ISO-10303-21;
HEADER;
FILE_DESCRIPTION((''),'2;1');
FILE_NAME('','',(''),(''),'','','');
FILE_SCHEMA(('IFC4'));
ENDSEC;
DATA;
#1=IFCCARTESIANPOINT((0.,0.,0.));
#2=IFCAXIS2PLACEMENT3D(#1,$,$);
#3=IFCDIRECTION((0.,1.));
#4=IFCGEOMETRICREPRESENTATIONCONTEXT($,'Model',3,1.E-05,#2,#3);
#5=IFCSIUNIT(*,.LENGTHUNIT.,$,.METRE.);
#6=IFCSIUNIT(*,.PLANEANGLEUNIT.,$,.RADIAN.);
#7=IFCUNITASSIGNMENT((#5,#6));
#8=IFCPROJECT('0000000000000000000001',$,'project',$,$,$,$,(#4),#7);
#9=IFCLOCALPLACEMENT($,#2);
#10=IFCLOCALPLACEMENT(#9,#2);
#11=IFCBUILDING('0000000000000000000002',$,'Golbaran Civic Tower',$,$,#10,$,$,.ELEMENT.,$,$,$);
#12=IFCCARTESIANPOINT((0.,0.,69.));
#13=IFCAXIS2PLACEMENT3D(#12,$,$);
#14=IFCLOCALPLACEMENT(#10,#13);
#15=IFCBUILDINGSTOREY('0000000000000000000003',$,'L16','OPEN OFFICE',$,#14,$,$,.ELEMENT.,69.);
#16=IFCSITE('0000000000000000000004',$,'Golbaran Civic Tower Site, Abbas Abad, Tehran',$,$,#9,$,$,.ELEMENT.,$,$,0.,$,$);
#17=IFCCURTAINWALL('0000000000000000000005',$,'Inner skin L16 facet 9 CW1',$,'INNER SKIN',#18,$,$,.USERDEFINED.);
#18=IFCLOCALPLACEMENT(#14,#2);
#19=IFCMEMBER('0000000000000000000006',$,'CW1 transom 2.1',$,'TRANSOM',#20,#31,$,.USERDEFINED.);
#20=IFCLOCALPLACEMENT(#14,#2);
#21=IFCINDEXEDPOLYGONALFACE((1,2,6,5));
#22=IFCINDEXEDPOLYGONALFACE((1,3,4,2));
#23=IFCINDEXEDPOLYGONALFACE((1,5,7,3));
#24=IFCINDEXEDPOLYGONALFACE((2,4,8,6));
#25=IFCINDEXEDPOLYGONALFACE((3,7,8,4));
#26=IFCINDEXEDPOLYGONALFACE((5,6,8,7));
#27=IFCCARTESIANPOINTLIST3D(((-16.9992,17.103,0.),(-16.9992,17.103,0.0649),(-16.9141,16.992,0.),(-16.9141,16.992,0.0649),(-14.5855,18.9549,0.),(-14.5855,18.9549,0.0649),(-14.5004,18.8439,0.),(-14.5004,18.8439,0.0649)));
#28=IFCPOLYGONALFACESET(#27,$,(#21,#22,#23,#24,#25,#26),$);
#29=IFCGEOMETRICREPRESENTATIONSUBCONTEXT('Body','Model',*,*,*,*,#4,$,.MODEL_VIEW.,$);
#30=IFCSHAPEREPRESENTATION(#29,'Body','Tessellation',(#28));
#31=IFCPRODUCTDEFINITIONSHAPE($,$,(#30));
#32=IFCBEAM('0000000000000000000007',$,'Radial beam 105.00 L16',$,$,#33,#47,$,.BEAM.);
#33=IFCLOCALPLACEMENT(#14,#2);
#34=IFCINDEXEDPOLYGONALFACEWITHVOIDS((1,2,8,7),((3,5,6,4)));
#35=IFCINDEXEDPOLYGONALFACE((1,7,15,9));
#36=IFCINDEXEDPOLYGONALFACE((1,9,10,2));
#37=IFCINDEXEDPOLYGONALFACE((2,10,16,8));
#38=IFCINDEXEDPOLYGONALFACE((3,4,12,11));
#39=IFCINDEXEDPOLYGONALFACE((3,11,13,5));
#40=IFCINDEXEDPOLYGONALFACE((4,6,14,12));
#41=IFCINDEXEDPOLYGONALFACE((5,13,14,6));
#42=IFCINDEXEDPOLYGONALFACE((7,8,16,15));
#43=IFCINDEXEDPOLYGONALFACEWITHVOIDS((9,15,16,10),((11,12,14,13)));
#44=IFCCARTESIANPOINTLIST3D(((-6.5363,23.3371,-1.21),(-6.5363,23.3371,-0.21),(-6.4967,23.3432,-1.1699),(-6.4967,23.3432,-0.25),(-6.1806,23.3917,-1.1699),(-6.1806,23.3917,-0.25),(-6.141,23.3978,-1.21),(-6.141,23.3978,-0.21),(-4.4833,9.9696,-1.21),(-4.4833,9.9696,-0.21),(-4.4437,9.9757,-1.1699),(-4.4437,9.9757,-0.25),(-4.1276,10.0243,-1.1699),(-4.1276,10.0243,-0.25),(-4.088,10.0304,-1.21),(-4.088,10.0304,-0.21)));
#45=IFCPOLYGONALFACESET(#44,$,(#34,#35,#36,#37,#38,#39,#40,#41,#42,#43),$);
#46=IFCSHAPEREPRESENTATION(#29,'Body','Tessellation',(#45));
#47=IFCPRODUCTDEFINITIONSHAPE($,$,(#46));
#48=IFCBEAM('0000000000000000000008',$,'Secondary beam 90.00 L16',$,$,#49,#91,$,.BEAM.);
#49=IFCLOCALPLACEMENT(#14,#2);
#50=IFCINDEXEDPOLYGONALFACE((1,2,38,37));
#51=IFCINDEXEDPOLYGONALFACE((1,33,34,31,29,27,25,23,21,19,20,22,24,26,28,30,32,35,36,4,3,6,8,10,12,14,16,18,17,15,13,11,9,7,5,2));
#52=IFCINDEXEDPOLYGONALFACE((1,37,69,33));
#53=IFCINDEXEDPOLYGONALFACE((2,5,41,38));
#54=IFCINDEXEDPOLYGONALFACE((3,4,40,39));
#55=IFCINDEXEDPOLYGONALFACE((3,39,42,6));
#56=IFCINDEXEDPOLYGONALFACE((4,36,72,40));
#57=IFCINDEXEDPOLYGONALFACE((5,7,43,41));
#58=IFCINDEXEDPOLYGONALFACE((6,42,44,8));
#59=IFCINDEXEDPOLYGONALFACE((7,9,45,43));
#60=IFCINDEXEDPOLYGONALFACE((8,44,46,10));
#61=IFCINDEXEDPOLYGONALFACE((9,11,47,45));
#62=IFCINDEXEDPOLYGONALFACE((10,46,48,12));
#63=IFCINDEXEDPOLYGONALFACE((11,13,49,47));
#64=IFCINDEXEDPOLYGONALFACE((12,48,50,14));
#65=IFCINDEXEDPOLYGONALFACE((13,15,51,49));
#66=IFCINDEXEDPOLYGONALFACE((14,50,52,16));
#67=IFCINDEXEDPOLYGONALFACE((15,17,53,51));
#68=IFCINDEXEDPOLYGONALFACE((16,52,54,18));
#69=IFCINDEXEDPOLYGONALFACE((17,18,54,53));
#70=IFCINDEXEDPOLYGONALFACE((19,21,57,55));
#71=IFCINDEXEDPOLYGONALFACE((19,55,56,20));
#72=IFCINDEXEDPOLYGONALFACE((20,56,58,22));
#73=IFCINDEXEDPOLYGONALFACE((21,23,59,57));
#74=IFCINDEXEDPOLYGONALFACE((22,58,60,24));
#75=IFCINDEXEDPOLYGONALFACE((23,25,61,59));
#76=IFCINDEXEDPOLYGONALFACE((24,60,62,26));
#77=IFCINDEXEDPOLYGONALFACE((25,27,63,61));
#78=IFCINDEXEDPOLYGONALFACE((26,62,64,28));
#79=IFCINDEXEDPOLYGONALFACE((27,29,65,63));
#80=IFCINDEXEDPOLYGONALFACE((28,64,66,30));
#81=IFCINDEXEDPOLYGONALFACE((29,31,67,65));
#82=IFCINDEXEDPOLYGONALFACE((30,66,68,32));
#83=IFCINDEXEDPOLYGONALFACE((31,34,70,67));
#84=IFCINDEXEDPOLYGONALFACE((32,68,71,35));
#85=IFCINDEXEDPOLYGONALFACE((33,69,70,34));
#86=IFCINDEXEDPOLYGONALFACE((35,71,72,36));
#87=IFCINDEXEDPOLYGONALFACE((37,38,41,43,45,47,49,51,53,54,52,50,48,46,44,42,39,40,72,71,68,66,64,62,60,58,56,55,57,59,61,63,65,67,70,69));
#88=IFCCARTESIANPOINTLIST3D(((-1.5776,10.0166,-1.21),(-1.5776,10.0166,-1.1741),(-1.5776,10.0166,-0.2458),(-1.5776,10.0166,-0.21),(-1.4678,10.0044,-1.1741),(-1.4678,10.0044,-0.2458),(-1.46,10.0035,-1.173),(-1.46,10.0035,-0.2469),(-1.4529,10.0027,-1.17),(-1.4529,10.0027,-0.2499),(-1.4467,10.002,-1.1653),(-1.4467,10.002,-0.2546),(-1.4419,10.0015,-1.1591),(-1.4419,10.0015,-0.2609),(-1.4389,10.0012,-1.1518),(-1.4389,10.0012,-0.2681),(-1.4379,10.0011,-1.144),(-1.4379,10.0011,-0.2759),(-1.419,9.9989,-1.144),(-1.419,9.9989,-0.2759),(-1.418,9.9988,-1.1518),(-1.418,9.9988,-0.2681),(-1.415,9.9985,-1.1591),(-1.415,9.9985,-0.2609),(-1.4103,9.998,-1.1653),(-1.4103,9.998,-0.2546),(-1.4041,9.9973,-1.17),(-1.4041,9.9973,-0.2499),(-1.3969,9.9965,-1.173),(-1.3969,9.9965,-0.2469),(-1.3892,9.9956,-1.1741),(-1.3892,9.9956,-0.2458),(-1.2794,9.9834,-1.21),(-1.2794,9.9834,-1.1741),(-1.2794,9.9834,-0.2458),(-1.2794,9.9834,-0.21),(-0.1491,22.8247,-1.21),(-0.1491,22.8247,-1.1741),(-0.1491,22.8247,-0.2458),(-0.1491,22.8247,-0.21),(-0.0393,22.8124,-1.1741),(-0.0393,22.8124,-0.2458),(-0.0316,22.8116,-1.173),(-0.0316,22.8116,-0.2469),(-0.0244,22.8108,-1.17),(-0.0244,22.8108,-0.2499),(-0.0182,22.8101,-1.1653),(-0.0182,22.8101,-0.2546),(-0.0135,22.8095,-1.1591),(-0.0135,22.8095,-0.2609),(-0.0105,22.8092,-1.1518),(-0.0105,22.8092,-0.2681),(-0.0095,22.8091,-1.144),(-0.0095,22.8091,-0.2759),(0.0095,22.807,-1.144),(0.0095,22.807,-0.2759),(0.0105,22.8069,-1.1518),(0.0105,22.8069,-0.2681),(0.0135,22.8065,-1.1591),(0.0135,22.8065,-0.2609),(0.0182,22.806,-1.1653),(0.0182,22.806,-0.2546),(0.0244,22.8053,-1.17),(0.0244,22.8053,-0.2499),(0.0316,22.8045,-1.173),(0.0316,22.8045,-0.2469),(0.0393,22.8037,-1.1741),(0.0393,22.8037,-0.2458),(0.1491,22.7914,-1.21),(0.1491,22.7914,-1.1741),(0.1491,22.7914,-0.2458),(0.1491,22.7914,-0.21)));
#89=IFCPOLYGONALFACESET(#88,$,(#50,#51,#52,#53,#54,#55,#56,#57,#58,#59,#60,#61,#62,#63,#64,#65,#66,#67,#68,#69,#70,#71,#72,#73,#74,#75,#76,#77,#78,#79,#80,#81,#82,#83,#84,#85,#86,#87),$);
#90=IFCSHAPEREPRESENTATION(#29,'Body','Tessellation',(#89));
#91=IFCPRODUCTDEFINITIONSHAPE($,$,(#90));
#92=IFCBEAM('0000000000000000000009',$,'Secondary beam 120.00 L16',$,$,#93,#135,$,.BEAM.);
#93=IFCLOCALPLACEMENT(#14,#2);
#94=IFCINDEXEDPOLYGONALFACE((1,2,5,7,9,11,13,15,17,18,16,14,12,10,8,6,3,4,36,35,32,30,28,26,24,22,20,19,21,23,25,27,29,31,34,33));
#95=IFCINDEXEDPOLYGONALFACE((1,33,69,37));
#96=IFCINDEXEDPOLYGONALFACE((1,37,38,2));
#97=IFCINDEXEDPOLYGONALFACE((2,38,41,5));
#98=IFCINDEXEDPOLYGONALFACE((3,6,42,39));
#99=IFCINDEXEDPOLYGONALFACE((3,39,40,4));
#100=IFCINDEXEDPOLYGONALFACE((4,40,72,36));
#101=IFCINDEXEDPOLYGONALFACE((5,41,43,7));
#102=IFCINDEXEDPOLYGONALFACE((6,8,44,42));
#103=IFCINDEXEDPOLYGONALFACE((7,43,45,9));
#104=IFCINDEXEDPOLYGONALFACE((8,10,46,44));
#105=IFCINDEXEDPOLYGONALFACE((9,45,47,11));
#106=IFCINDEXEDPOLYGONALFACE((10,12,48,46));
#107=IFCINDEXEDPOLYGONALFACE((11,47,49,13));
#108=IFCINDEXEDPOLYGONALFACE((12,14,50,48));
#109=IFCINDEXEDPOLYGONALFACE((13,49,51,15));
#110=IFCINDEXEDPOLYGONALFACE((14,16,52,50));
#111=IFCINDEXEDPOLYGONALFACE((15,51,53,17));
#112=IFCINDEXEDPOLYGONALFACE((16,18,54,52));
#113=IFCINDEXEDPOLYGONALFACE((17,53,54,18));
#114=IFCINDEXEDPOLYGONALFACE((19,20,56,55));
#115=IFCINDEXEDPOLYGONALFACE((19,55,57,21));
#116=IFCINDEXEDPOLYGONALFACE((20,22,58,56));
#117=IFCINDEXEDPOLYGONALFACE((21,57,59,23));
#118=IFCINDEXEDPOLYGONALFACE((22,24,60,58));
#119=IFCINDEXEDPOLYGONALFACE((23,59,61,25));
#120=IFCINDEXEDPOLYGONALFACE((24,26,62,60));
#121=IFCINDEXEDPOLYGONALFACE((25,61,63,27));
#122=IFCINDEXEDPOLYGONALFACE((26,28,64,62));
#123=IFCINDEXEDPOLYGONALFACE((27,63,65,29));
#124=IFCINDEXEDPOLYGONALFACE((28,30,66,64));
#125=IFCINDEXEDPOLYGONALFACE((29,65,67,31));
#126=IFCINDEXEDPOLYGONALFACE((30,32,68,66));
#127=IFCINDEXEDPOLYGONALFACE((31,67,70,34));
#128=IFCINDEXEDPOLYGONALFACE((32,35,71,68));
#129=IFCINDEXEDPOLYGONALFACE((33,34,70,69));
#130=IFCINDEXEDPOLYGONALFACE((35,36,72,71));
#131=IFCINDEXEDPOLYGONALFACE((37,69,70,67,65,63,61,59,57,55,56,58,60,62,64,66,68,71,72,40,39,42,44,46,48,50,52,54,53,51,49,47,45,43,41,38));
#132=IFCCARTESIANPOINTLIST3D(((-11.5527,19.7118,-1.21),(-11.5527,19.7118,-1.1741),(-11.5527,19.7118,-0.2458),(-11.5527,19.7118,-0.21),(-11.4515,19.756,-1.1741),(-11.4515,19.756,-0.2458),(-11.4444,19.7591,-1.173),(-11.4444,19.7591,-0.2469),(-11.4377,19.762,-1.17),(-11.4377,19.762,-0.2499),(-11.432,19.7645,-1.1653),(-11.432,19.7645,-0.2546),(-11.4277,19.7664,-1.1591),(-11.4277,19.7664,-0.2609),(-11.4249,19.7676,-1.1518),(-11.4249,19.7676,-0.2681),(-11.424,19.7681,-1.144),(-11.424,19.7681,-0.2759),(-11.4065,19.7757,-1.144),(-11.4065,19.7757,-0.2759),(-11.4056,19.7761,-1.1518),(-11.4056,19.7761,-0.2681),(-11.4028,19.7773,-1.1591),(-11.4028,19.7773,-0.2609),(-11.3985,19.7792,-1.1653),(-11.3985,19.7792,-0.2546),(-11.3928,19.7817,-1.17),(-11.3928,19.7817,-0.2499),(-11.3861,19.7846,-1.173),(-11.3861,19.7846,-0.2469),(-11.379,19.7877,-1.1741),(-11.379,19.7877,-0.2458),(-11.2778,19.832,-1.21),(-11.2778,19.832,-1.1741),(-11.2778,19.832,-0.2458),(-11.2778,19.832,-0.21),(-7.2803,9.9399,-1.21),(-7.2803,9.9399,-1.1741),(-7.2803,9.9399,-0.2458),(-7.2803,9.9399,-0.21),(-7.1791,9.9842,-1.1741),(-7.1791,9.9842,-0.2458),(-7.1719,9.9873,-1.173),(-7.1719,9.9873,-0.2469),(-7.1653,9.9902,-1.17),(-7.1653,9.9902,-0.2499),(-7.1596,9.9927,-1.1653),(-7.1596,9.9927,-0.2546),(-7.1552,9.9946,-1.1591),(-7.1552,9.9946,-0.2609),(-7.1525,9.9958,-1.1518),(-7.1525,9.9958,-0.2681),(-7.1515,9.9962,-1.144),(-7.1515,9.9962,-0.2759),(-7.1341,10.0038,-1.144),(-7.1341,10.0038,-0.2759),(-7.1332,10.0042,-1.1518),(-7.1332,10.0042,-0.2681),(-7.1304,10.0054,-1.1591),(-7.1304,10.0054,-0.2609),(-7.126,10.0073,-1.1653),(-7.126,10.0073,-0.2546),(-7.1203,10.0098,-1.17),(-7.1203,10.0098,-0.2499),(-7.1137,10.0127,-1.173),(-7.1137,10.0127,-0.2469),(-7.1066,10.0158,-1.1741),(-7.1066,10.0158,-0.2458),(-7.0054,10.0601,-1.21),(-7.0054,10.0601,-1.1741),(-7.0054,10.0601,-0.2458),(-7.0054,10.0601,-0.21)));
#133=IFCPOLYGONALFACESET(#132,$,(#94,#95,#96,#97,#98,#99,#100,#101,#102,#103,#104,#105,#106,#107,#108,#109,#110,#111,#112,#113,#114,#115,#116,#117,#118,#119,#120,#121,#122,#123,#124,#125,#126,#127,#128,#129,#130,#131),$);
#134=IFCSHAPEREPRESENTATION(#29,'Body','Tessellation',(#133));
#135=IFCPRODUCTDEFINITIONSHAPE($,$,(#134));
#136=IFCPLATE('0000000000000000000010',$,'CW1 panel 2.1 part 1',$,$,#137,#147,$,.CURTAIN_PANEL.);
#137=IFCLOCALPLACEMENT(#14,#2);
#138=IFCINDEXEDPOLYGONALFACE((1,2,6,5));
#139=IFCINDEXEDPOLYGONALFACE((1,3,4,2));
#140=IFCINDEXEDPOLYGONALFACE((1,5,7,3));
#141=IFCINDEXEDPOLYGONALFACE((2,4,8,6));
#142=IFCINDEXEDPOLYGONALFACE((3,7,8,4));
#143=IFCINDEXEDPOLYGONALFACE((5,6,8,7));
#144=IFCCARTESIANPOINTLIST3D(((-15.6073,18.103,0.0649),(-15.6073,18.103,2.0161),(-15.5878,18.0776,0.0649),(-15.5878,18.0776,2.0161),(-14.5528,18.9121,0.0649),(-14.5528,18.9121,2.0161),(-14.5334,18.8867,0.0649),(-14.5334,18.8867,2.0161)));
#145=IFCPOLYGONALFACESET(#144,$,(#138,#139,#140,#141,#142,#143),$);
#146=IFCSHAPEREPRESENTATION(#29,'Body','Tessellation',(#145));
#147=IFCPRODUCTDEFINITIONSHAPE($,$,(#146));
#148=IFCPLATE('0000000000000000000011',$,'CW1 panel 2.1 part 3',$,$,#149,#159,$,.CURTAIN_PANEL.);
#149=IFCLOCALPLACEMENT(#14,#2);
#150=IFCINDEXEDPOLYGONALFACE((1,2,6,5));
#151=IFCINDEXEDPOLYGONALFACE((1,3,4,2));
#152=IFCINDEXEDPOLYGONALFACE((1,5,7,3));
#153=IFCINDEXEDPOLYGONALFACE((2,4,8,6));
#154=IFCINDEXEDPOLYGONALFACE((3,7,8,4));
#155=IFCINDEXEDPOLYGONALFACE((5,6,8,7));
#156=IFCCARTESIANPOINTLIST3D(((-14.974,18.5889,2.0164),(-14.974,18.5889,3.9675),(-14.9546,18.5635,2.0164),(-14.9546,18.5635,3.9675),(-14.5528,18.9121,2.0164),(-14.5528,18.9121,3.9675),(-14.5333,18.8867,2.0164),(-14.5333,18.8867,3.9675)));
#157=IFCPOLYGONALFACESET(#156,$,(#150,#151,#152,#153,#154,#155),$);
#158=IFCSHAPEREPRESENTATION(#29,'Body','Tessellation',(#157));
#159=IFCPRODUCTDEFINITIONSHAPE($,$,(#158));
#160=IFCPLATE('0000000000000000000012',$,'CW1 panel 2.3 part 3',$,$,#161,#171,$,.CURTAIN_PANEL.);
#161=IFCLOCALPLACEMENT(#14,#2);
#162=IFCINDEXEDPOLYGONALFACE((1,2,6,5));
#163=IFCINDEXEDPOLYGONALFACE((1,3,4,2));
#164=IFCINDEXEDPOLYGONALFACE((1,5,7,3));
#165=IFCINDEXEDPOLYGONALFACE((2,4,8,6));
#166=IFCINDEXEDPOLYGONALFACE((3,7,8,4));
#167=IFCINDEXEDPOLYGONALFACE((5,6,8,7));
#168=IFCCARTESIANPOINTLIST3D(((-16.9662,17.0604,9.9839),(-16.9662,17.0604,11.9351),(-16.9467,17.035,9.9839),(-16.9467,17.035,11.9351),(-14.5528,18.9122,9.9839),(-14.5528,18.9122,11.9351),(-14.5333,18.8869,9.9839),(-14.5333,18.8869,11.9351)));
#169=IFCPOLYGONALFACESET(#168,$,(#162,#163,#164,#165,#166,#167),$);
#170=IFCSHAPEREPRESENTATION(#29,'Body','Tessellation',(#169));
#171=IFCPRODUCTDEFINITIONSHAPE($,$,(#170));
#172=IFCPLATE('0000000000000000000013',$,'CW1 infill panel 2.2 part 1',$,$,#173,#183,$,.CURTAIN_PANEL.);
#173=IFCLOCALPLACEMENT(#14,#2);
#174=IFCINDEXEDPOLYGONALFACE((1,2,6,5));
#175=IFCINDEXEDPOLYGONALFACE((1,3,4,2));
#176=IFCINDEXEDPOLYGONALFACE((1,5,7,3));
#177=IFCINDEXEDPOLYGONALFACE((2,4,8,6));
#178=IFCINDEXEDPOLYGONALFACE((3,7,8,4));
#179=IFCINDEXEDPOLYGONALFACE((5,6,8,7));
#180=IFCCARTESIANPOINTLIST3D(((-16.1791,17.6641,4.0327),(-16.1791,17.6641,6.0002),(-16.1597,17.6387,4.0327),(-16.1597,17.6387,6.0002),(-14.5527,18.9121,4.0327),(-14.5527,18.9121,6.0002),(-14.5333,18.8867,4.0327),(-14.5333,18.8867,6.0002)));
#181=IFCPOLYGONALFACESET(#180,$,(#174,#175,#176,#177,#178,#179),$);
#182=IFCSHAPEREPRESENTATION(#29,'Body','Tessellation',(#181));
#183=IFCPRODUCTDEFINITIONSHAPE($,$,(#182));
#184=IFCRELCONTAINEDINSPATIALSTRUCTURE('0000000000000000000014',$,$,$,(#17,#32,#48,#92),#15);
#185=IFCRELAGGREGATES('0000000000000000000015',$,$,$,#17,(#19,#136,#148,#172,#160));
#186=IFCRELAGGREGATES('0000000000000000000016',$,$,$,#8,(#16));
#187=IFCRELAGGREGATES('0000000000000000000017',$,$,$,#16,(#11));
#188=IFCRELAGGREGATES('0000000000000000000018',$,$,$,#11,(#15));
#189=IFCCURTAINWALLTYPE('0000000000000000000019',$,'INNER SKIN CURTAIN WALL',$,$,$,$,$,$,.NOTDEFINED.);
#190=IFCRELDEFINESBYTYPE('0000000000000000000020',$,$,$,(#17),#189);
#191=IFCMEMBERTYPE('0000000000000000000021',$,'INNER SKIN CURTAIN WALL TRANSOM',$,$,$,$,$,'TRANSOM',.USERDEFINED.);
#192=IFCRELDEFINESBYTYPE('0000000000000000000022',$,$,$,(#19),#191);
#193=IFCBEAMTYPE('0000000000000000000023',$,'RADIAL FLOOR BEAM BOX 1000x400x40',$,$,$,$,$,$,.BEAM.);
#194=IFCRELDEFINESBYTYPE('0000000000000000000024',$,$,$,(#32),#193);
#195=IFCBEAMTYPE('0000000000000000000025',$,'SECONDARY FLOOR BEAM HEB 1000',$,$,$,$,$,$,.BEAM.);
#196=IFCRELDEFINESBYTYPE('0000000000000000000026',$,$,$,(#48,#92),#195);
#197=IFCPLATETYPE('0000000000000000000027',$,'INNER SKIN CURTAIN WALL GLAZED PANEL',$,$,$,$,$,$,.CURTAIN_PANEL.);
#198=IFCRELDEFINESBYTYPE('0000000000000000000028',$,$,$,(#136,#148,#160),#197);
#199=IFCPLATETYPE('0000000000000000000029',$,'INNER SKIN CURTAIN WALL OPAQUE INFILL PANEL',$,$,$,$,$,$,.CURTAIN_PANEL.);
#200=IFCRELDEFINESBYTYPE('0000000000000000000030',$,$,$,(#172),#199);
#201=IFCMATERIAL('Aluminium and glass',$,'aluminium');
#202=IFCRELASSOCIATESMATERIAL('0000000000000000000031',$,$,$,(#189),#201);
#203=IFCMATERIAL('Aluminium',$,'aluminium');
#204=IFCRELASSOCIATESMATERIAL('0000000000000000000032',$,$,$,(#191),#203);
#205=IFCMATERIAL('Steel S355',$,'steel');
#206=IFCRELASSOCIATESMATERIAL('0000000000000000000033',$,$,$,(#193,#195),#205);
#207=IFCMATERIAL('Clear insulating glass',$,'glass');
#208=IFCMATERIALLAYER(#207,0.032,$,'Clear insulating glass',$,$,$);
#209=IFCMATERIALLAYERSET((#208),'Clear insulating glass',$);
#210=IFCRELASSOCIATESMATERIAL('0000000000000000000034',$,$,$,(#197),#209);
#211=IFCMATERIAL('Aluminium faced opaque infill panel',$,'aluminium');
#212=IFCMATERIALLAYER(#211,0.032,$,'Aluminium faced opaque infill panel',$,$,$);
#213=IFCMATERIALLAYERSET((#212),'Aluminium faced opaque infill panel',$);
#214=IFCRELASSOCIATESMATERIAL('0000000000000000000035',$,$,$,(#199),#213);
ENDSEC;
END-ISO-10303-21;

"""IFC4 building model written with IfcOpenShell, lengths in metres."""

from ifc_helpers import new_model, si_unit, direction, frame, origin, origin_2d, place, context, subcontext, project, spatial, rectangle, hollow_rectangle, i_section, extrude, material, layer, layer_set, material_profile, profile_set, type_object, element, aggregate, save


model = new_model("IFC4")

# Units and contexts
model_context = context("Model", 3, precision=1e-05, world=origin(), true_north=direction((0.0, 1.0)))
body_context = subcontext(model_context, "Body", "Model", "MODEL_VIEW")
ifc_project = project(units=[si_unit("LENGTHUNIT", "METRE"), si_unit("PLANEANGLEUNIT", "RADIAN")], contexts=[model_context])

# Site, building, storey
site_placement = place(None, origin())
site = spatial("IfcSite", under=ifc_project, at=site_placement, Name="Golbaran Civic Tower Site, Abbas Abad, Tehran", CompositionType="ELEMENT", RefElevation=0.0)
building_placement = place(site_placement, origin())
building = spatial("IfcBuilding", under=site, at=building_placement, Name="Golbaran Civic Tower", CompositionType="ELEMENT")
storey_placement = place(building_placement, frame((0.0, 0.0, 69.0)))
storey = spatial("IfcBuildingStorey", under=building, at=storey_placement, Name="L16", Description="OPEN OFFICE", CompositionType="ELEMENT", Elevation=69.0)

# Shared definitions
ifc_material_1 = material(Name="Steel S355", Category="steel")

# Curtain wall, member
ifc_material_2 = material(Name="Aluminium and glass", Category="aluminium")
curtain_wall_type = type_object("IfcCurtainWallType", Name="INNER SKIN CURTAIN WALL", PredefinedType="NOTDEFINED", material=ifc_material_2)
curtain_wall_placement = place(storey_placement, origin())
curtain_wall = element("IfcCurtainWall", 1, at=curtain_wall_placement, inside=storey, type_object=curtain_wall_type, Name="Inner skin L16 facet 9 CW1", ObjectType="INNER SKIN", PredefinedType="USERDEFINED")
ifc_material_3 = material(Name="Aluminium", Category="aluminium")
ifc_material_profile_1 = material_profile(ifc_material_3, rectangle(XDim=0.1399, YDim=0.0649, at=origin_2d()), Name="INNER SKIN CURTAIN WALL TRANSOM")
ifc_profile_set_1 = profile_set([ifc_material_profile_1], Name="Aluminium")
member_type = type_object("IfcMemberType", Name="INNER SKIN CURTAIN WALL TRANSOM", ElementType="TRANSOM", PredefinedType="USERDEFINED", material=ifc_profile_set_1)
member_placement = place(storey_placement, frame((-14.543, 18.8994, 0.0325), z_axis=(-0.793384, -0.608721, 0.0), x_axis=(0.608721, -0.793384, 0.0)))
member = element("IfcMember", 2, at=member_placement, type_object=member_type, Name="CW1 transom 2.1", ObjectType="TRANSOM", PredefinedType="USERDEFINED", context=body_context, shape_type="SweptSolid", body=[
    extrude(rectangle(XDim=0.1399, YDim=0.0649, at=origin_2d()), origin(), (0.0, 0.0, 1.0), 3.0422),
])

# Beams
ifc_material_profile_2 = material_profile(ifc_material_1, hollow_rectangle(XDim=0.3999, YDim=1.0, WallThickness=0.04, at=origin_2d()), Name="BOX 1000x400x40")
ifc_profile_set_2 = profile_set([ifc_material_profile_2], Name="Steel S355")
beam_type_1 = type_object("IfcBeamType", Name="RADIAL FLOOR BEAM BOX 1000x400x40", PredefinedType="BEAM", material=ifc_profile_set_2)
beam_1_placement = place(storey_placement, frame((-4.2856, 10.0, -0.71), z_axis=(-0.151801, 0.988411, 0.0), x_axis=(-0.988411, -0.151801, 0.0)))
element("IfcBeam", 3, at=beam_1_placement, inside=storey, type_object=beam_type_1, Name="Radial beam 105.00 L16", PredefinedType="BEAM", context=body_context, shape_type="SweptSolid", body=[
    extrude(hollow_rectangle(XDim=0.3999, YDim=1.0, WallThickness=0.04, at=origin_2d()), origin(), (0.0, 0.0, 1.0), 13.5242),
])
ifc_material_profile_3 = material_profile(ifc_material_1, i_section(OverallWidth=0.3, OverallDepth=1.0, WebThickness=0.019, FlangeThickness=0.0359, FilletRadius=0.03, at=origin_2d()), Name="HEB 1000")
ifc_profile_set_3 = profile_set([ifc_material_profile_3], Name="Steel S355")
beam_type_2 = type_object("IfcBeamType", Name="SECONDARY FLOOR BEAM HEB 1000", PredefinedType="BEAM", material=ifc_profile_set_3)
beam_2_placement = place(storey_placement, frame((-1.4285, 10.0, -0.71), z_axis=(0.110841, 0.993838, 0.0), x_axis=(-0.993838, 0.110841, 0.0)))
element("IfcBeam", 4, at=beam_2_placement, inside=storey, type_object=beam_type_2, Name="Secondary beam 90.00 L16", PredefinedType="BEAM", context=body_context, shape_type="SweptSolid", body=[
    extrude(i_section(OverallWidth=0.3, OverallDepth=1.0, WebThickness=0.019, FlangeThickness=0.0359, FilletRadius=0.03, at=origin_2d()), origin(), (0.0, 0.0, 1.0), 12.8875),
])
beam_3_placement = place(storey_placement, frame((-7.1428, 10.0, -0.71), z_axis=(-0.4006, 0.916253, 0.0), x_axis=(-0.916253, -0.4006, 0.0)))
element("IfcBeam", 5, at=beam_3_placement, inside=storey, type_object=beam_type_2, Name="Secondary beam 120.00 L16", PredefinedType="BEAM", context=body_context, shape_type="SweptSolid", body=[
    extrude(i_section(OverallWidth=0.3, OverallDepth=1.0, WebThickness=0.019, FlangeThickness=0.0359, FilletRadius=0.03, at=origin_2d()), origin(), (0.0, 0.0, 1.0), 10.665),
])

# Plates
ifc_material_4 = material(Name="Clear insulating glass", Category="glass")
ifc_layer_1 = layer(ifc_material_4, 0.032, Name="Clear insulating glass")
ifc_layer_set_1 = layer_set([ifc_layer_1], Name="Clear insulating glass")
plate_type_1 = type_object("IfcPlateType", Name="INNER SKIN CURTAIN WALL GLAZED PANEL", PredefinedType="CURTAIN_PANEL", material=ifc_layer_set_1)
plate_1_placement = place(storey_placement, frame((-15.0703, 18.4949, 0.0649), z_axis=(0.0, 0.0, 1.0), x_axis=(-0.793353, -0.608761, 0.0)))
plate_1 = element("IfcPlate", 6, at=plate_1_placement, type_object=plate_type_1, Name="CW1 panel 2.1 part 1", PredefinedType="CURTAIN_PANEL", context=body_context, shape_type="SweptSolid", body=[
    extrude(rectangle(XDim=1.3291, YDim=0.032, at=origin_2d()), origin(), (0.0, 0.0, 1.0), 1.9512),
])
plate_2_placement = place(storey_placement, frame((-14.7537, 18.7378, 2.0164), z_axis=(0.0, 0.0, 1.0), x_axis=(-0.793353, -0.608761, 0.0)))
plate_2 = element("IfcPlate", 7, at=plate_2_placement, type_object=plate_type_1, Name="CW1 panel 2.1 part 3", PredefinedType="CURTAIN_PANEL", context=body_context, shape_type="SweptSolid", body=[
    extrude(rectangle(XDim=0.531, YDim=0.032, at=origin_2d()), origin(), (0.0, 0.0, 1.0), 1.9512),
])
plate_3_placement = place(storey_placement, frame((-15.7498, 17.9736, 9.9839), z_axis=(0.0, 0.0, 1.0), x_axis=(-0.793353, -0.608761, 0.0)))
plate_3 = element("IfcPlate", 8, at=plate_3_placement, type_object=plate_type_1, Name="CW1 panel 2.3 part 3", PredefinedType="CURTAIN_PANEL", context=body_context, shape_type="SweptSolid", body=[
    extrude(rectangle(XDim=3.042, YDim=0.032, at=origin_2d()), origin(), (0.0, 0.0, 1.0), 1.9512),
])
ifc_material_5 = material(Name="Aluminium faced opaque infill panel", Category="aluminium")
ifc_layer_2 = layer(ifc_material_5, 0.032, Name="Aluminium faced opaque infill panel")
ifc_layer_set_2 = layer_set([ifc_layer_2], Name="Aluminium faced opaque infill panel")
plate_type_2 = type_object("IfcPlateType", Name="INNER SKIN CURTAIN WALL OPAQUE INFILL PANEL", PredefinedType="CURTAIN_PANEL", material=ifc_layer_set_2)
plate_4_placement = place(storey_placement, frame((-15.3562, 18.2754, 4.0327), z_axis=(0.0, 0.0, 1.0), x_axis=(-0.793353, -0.608761, 0.0)))
plate_4 = element("IfcPlate", 9, at=plate_4_placement, type_object=plate_type_2, Name="CW1 infill panel 2.2 part 1", PredefinedType="CURTAIN_PANEL", context=body_context, shape_type="SweptSolid", body=[
    extrude(rectangle(XDim=2.05, YDim=0.032, at=origin_2d()), origin(), (0.0, 0.0, 1.0), 1.9675),
])
aggregate(curtain_wall, [member, plate_1, plate_2, plate_4, plate_3])

save(model, "model.ifc")
